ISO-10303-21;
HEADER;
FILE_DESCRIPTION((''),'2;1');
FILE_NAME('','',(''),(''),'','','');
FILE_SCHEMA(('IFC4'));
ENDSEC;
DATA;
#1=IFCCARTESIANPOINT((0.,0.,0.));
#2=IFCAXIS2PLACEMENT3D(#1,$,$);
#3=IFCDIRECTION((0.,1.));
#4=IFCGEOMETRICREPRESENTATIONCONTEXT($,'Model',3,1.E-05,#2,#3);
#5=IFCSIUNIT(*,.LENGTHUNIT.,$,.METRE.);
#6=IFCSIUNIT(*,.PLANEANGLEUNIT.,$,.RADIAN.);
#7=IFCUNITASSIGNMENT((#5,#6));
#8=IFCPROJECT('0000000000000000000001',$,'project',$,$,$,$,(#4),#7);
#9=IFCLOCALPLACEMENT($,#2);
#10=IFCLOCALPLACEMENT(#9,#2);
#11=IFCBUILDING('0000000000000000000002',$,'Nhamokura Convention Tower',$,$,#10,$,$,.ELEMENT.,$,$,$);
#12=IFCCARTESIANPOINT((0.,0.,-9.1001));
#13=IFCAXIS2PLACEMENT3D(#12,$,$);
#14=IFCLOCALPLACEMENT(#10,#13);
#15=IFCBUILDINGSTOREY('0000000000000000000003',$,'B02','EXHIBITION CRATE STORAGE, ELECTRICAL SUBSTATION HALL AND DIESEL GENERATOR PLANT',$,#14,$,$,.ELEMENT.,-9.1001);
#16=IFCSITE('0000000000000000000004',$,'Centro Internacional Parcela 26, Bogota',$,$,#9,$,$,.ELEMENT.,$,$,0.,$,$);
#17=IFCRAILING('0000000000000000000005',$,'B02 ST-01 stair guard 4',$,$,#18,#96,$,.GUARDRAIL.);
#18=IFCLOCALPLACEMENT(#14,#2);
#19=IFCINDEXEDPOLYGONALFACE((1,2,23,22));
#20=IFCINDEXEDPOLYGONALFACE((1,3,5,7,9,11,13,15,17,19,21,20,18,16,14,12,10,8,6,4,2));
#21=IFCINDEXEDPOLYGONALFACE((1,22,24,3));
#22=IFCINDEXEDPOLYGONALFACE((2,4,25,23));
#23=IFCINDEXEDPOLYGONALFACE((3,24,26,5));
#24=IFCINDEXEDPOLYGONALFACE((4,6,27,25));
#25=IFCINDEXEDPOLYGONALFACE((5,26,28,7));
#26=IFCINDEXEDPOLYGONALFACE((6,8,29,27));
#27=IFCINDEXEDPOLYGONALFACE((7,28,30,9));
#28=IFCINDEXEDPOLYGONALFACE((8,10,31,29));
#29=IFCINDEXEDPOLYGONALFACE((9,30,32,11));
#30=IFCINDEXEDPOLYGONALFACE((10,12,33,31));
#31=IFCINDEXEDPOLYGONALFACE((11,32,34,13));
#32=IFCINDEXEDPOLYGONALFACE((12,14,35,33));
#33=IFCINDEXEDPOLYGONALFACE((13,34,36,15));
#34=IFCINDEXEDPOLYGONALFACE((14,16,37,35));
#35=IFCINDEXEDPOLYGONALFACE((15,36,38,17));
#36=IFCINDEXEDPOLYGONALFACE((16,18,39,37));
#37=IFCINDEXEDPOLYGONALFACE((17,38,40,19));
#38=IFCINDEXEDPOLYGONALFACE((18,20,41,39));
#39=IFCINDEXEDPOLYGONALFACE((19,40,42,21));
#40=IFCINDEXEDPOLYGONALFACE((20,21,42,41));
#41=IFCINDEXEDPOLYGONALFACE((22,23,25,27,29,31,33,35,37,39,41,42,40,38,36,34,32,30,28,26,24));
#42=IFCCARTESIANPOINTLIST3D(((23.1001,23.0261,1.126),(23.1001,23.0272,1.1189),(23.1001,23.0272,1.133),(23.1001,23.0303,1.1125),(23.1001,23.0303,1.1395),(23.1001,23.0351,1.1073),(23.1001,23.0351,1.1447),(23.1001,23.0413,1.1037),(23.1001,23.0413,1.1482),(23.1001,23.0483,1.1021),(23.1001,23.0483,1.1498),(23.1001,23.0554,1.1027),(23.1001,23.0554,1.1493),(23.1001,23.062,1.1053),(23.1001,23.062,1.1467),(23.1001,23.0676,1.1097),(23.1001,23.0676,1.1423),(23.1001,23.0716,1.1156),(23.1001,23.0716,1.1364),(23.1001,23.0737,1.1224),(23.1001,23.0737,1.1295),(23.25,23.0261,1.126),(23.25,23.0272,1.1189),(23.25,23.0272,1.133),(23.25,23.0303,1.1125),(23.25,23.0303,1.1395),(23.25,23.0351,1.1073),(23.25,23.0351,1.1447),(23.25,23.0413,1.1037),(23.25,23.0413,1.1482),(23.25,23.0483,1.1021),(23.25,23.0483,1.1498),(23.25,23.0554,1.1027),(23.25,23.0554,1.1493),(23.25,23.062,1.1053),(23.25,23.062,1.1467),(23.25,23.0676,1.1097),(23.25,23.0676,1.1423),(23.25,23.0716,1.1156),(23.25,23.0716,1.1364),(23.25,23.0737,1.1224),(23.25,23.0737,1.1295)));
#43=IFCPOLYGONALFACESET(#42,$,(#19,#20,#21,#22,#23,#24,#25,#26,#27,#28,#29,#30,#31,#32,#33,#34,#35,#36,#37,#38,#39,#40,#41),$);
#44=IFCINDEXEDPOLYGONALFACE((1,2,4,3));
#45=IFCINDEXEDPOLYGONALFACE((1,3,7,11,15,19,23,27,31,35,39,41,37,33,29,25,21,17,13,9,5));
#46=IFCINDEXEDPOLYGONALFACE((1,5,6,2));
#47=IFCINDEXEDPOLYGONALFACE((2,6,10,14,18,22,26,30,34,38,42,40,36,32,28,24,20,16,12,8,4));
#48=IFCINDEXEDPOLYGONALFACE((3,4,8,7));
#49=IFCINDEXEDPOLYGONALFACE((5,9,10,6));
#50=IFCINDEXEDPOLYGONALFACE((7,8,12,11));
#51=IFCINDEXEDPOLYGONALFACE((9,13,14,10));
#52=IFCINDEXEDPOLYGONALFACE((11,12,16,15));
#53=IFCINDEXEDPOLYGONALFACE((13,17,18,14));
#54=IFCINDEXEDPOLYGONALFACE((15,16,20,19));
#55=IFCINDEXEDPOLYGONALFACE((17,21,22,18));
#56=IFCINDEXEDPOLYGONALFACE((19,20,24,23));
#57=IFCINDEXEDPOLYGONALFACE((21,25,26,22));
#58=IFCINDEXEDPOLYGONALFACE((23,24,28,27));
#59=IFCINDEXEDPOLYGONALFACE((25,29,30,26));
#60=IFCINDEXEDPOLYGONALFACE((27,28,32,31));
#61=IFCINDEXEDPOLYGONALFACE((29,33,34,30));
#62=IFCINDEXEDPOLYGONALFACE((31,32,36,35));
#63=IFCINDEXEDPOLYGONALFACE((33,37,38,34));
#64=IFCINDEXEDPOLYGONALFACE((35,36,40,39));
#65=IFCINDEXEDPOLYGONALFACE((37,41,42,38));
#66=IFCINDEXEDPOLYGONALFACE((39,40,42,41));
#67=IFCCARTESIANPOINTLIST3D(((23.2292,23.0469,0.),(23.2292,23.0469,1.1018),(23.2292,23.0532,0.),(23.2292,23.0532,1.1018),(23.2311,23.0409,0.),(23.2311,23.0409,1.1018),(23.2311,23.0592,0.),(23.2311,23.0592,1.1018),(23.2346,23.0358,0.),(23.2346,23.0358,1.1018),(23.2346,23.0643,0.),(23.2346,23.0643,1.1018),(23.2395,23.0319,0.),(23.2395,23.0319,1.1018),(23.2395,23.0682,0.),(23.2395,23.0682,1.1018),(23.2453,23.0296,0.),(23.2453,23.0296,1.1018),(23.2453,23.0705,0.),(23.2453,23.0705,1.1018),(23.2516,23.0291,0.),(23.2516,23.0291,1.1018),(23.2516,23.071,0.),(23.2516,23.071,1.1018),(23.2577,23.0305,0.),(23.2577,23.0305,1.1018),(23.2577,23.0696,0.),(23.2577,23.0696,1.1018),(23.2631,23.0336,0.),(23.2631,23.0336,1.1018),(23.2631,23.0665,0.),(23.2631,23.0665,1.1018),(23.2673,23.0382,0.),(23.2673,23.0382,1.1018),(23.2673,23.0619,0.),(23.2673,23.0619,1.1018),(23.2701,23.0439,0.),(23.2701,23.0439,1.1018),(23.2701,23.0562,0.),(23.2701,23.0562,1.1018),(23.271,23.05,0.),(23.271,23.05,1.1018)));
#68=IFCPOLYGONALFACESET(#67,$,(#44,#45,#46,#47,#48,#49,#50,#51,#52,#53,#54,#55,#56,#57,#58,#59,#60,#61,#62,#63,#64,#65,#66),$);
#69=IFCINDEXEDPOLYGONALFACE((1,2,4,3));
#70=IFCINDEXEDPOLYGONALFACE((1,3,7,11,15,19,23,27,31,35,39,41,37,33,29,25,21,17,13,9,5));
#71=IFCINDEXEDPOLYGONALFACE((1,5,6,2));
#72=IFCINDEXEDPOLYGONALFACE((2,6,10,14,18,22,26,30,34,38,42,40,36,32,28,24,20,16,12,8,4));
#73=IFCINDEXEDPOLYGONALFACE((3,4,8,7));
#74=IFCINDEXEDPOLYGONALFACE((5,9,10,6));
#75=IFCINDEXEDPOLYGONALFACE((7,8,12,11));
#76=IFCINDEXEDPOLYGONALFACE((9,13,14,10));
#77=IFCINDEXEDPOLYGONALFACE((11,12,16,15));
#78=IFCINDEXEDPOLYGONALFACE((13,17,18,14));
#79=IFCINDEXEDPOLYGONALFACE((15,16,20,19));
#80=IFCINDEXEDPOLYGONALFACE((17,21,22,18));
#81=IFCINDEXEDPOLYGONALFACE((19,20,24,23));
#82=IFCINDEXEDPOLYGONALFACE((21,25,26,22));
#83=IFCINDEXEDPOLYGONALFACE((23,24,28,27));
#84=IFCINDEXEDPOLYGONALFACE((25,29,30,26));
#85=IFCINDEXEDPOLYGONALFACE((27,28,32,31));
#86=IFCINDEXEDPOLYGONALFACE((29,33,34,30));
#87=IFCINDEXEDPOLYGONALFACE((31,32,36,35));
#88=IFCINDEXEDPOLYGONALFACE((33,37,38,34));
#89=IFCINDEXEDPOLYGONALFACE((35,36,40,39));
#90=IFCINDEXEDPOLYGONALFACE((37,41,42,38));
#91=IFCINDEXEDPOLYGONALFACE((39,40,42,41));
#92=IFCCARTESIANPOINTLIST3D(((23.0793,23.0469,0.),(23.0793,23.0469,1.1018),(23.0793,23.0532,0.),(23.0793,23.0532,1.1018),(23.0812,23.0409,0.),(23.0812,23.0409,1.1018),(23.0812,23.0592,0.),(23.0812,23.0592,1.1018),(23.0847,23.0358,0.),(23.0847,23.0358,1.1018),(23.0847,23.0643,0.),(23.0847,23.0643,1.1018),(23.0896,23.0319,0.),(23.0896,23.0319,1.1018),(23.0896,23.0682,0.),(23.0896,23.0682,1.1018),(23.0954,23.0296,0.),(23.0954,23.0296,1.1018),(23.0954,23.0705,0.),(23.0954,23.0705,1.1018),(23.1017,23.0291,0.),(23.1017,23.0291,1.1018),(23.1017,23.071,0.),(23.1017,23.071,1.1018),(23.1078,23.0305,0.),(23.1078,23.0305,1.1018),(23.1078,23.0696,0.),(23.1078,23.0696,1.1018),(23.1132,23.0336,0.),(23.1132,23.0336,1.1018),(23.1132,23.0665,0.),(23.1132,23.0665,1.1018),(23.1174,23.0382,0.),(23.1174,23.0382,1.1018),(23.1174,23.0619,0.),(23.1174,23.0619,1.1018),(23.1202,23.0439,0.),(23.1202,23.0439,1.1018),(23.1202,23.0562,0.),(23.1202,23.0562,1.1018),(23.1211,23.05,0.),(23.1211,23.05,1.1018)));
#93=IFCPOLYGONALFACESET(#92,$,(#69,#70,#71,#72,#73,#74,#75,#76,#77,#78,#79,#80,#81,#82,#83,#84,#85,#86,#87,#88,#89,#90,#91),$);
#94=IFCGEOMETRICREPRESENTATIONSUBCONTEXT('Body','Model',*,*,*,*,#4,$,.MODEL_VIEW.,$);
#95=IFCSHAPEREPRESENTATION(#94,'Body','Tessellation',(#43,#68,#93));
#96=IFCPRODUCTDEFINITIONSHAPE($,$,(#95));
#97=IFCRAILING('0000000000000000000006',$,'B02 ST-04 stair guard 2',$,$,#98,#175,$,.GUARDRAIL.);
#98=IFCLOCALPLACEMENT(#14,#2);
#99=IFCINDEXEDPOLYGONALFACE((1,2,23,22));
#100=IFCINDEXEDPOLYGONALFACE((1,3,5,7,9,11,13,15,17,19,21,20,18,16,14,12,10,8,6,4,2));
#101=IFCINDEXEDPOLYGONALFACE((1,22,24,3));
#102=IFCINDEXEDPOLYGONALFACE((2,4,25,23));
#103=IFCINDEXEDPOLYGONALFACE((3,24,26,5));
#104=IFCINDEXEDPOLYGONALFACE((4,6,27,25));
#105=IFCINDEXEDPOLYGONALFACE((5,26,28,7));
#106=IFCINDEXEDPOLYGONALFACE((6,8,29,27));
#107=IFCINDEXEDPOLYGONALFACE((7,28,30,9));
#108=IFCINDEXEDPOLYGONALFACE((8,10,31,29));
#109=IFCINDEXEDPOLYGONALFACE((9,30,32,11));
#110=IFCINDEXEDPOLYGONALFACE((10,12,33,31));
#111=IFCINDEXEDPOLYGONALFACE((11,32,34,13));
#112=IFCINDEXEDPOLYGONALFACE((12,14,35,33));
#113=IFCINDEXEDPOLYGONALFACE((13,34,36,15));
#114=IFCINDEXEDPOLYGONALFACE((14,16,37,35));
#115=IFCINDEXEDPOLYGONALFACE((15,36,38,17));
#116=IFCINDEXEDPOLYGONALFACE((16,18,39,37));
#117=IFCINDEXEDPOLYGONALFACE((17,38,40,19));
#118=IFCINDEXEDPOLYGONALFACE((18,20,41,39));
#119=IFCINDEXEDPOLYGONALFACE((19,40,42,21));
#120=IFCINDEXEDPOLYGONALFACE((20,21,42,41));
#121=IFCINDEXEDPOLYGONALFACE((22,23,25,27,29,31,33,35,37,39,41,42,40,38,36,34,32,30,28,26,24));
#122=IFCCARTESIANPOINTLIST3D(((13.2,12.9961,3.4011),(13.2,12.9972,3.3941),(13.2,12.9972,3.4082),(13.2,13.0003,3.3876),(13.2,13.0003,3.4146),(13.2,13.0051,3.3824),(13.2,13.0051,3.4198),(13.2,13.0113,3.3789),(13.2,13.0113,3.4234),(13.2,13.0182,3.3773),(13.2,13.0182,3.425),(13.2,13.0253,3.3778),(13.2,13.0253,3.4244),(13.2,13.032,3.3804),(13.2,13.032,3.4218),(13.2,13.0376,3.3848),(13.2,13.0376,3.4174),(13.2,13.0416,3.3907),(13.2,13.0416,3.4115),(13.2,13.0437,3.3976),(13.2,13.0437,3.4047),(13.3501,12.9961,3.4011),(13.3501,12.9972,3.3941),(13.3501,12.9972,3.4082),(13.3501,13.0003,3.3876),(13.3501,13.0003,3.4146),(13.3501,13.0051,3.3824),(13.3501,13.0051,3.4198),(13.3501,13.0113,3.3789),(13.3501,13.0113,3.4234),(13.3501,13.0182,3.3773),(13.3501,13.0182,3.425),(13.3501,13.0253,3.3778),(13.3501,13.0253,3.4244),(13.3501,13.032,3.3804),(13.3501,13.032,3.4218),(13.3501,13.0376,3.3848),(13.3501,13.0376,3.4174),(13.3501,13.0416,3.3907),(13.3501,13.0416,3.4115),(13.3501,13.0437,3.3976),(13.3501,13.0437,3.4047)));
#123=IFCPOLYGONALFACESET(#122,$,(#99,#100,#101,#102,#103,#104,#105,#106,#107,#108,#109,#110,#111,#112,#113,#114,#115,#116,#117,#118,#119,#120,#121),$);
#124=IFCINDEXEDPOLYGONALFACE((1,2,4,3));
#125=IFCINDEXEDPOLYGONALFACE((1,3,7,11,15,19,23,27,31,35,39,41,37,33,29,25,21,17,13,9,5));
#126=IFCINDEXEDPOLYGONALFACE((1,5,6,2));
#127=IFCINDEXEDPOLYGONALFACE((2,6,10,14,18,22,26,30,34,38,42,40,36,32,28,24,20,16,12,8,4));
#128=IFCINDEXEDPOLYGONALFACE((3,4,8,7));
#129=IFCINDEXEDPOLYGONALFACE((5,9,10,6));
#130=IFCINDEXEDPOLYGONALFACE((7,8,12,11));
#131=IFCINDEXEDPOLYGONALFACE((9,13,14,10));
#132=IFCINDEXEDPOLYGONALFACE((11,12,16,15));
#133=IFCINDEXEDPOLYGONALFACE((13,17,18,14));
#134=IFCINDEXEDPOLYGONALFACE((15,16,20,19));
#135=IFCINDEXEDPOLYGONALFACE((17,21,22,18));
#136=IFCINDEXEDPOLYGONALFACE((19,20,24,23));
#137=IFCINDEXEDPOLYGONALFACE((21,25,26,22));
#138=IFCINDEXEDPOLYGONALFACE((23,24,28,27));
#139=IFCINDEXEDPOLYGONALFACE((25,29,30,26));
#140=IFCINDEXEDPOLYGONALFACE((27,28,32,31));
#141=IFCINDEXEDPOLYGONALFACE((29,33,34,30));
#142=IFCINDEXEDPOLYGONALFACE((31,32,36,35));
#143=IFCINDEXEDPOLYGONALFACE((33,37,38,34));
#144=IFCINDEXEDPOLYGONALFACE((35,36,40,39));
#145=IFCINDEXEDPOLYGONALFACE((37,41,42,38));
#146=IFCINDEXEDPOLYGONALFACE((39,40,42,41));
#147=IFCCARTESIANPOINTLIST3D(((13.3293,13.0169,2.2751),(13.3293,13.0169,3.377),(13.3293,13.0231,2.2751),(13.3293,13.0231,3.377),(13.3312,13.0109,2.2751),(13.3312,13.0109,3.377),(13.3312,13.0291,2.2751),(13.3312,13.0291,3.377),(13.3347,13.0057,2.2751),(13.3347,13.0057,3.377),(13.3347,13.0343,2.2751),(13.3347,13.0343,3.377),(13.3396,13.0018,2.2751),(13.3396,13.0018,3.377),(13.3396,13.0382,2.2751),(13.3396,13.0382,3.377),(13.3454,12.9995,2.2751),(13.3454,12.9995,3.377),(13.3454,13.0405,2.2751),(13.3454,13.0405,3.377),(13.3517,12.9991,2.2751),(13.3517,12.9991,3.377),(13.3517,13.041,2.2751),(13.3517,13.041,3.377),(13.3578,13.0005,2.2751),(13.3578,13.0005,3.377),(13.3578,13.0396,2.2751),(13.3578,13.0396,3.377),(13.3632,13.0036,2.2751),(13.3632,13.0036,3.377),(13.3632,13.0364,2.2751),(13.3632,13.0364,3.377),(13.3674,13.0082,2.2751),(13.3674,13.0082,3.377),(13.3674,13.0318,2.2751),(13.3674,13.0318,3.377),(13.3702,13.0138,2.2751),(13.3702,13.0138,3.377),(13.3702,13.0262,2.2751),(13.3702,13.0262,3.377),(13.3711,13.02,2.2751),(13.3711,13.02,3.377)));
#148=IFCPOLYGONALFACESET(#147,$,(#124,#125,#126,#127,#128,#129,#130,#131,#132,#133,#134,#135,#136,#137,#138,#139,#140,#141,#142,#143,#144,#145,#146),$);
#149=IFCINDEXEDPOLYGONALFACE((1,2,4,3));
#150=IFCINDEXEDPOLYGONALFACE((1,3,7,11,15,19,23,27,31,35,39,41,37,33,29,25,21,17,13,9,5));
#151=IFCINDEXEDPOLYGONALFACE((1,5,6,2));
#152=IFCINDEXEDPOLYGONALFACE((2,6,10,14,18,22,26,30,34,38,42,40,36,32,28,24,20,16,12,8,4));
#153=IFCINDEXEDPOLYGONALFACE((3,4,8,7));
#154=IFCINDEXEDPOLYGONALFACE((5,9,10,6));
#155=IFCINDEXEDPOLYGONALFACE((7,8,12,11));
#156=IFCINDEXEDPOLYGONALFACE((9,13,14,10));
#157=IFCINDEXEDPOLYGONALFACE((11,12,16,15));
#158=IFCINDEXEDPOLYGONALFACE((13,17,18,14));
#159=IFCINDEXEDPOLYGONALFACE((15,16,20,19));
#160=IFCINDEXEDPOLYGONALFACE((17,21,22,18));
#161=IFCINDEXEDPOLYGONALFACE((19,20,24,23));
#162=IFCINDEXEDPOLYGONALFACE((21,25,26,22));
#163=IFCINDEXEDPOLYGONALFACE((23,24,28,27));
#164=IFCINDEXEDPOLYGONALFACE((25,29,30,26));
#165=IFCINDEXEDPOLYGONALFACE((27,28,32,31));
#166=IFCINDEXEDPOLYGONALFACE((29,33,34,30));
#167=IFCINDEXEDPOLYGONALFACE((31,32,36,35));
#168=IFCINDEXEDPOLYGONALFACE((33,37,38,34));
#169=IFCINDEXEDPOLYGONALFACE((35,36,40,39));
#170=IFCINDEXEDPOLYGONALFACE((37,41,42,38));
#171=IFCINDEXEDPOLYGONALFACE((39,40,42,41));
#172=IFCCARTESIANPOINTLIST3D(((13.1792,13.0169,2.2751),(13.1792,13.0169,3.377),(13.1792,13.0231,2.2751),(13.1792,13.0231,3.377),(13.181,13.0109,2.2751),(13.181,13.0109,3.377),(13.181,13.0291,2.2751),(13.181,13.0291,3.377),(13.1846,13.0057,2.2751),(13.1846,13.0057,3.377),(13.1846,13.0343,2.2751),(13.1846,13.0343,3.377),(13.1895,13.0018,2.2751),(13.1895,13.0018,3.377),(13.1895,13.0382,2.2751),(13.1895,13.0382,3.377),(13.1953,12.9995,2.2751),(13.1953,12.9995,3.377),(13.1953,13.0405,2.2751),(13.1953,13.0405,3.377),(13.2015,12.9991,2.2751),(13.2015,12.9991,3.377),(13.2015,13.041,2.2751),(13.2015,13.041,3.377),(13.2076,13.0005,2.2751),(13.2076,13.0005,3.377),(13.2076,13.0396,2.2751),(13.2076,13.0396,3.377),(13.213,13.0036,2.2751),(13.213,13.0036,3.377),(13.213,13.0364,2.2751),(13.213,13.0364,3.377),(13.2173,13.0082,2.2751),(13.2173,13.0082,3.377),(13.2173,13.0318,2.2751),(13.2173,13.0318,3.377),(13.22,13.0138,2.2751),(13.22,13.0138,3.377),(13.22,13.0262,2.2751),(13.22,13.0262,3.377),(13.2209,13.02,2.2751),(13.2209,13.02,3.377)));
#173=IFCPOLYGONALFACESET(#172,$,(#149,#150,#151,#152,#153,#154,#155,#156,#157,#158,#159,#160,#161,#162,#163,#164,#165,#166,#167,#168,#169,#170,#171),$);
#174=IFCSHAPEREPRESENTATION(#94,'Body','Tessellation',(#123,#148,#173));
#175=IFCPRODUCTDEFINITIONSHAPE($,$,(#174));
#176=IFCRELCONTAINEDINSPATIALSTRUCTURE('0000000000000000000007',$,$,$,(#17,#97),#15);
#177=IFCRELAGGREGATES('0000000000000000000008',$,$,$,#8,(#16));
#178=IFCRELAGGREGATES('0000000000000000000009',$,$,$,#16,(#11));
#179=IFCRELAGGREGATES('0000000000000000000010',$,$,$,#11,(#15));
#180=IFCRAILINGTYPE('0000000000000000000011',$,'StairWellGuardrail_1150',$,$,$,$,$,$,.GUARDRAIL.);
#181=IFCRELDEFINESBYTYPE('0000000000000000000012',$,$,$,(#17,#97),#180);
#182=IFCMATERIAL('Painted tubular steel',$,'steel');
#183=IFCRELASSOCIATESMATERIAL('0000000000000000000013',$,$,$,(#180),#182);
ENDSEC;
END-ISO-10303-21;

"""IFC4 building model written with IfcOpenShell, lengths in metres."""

from ifc_helpers import new_model, si_unit, direction, frame, origin, origin_2d, place, context, subcontext, project, spatial, circle, extrude, material, type_object, element, save


model = new_model("IFC4")

# Units and contexts
model_context = context("Model", 3, precision=1e-05, world=origin(), true_north=direction((0.0, 1.0)))
body_context = subcontext(model_context, "Body", "Model", "MODEL_VIEW")
ifc_project = project(units=[si_unit("LENGTHUNIT", "METRE"), si_unit("PLANEANGLEUNIT", "RADIAN")], contexts=[model_context])

# Site, building, storey
site_placement = place(None, origin())
site = spatial("IfcSite", under=ifc_project, at=site_placement, Name="Centro Internacional Parcela 26, Bogota", CompositionType="ELEMENT", RefElevation=0.0)
building_placement = place(site_placement, origin())
building = spatial("IfcBuilding", under=site, at=building_placement, Name="Nhamokura Convention Tower", CompositionType="ELEMENT")
storey_placement = place(building_placement, frame((0.0, 0.0, -9.1001)))
storey = spatial("IfcBuildingStorey", under=building, at=storey_placement, Name="B02", Description="EXHIBITION CRATE STORAGE, ELECTRICAL SUBSTATION HALL AND DIESEL GENERATOR PLANT", CompositionType="ELEMENT", Elevation=-9.1001)

# Railings
ifc_material_1 = material(Name="Painted tubular steel", Category="steel")
railing_type_1 = type_object("IfcRailingType", Name="StairWellGuardrail_1150", PredefinedType="GUARDRAIL", material=ifc_material_1)
railing_1_placement = place(storey_placement, frame((23.25, 23.05, 0.0)))
element("IfcRailing", 1, at=railing_1_placement, inside=storey, type_object=railing_type_1, Name="B02 ST-01 stair guard 4", PredefinedType="GUARDRAIL", context=body_context, shape_type="SweptSolid", body=[
    extrude(circle(Radius=0.0239, at=origin_2d()), frame((0.0, 0.0, 1.126), z_axis=(-1.0, 0.0, 0.0), x_axis=(0.0, -1.0, 0.0)), (0.0, 0.0, 1.0), 0.1499),
    extrude(circle(Radius=0.021, at=origin_2d()), origin(), (0.0, 0.0, 1.0), 1.1018),
    extrude(circle(Radius=0.021, at=origin_2d()), frame((-0.1499, 0.0, 0.0)), (0.0, 0.0, 1.0), 1.1018),
])
railing_2_placement = place(storey_placement, frame((13.3501, 13.02, 2.2751)))
element("IfcRailing", 2, at=railing_2_placement, inside=storey, type_object=railing_type_1, Name="B02 ST-04 stair guard 2", PredefinedType="GUARDRAIL", context=body_context, shape_type="SweptSolid", body=[
    extrude(circle(Radius=0.0239, at=origin_2d()), frame((0.0, 0.0, 1.126), z_axis=(-1.0, 0.0, 0.0), x_axis=(0.0, -1.0, 0.0)), (0.0, 0.0, 1.0), 0.1501),
    extrude(circle(Radius=0.021, at=origin_2d()), origin(), (0.0, 0.0, 1.0), 1.1018),
    extrude(circle(Radius=0.021, at=origin_2d()), frame((-0.1501, 0.0, 0.0)), (0.0, 0.0, 1.0), 1.1018),
])

save(model, "model.ifc")
